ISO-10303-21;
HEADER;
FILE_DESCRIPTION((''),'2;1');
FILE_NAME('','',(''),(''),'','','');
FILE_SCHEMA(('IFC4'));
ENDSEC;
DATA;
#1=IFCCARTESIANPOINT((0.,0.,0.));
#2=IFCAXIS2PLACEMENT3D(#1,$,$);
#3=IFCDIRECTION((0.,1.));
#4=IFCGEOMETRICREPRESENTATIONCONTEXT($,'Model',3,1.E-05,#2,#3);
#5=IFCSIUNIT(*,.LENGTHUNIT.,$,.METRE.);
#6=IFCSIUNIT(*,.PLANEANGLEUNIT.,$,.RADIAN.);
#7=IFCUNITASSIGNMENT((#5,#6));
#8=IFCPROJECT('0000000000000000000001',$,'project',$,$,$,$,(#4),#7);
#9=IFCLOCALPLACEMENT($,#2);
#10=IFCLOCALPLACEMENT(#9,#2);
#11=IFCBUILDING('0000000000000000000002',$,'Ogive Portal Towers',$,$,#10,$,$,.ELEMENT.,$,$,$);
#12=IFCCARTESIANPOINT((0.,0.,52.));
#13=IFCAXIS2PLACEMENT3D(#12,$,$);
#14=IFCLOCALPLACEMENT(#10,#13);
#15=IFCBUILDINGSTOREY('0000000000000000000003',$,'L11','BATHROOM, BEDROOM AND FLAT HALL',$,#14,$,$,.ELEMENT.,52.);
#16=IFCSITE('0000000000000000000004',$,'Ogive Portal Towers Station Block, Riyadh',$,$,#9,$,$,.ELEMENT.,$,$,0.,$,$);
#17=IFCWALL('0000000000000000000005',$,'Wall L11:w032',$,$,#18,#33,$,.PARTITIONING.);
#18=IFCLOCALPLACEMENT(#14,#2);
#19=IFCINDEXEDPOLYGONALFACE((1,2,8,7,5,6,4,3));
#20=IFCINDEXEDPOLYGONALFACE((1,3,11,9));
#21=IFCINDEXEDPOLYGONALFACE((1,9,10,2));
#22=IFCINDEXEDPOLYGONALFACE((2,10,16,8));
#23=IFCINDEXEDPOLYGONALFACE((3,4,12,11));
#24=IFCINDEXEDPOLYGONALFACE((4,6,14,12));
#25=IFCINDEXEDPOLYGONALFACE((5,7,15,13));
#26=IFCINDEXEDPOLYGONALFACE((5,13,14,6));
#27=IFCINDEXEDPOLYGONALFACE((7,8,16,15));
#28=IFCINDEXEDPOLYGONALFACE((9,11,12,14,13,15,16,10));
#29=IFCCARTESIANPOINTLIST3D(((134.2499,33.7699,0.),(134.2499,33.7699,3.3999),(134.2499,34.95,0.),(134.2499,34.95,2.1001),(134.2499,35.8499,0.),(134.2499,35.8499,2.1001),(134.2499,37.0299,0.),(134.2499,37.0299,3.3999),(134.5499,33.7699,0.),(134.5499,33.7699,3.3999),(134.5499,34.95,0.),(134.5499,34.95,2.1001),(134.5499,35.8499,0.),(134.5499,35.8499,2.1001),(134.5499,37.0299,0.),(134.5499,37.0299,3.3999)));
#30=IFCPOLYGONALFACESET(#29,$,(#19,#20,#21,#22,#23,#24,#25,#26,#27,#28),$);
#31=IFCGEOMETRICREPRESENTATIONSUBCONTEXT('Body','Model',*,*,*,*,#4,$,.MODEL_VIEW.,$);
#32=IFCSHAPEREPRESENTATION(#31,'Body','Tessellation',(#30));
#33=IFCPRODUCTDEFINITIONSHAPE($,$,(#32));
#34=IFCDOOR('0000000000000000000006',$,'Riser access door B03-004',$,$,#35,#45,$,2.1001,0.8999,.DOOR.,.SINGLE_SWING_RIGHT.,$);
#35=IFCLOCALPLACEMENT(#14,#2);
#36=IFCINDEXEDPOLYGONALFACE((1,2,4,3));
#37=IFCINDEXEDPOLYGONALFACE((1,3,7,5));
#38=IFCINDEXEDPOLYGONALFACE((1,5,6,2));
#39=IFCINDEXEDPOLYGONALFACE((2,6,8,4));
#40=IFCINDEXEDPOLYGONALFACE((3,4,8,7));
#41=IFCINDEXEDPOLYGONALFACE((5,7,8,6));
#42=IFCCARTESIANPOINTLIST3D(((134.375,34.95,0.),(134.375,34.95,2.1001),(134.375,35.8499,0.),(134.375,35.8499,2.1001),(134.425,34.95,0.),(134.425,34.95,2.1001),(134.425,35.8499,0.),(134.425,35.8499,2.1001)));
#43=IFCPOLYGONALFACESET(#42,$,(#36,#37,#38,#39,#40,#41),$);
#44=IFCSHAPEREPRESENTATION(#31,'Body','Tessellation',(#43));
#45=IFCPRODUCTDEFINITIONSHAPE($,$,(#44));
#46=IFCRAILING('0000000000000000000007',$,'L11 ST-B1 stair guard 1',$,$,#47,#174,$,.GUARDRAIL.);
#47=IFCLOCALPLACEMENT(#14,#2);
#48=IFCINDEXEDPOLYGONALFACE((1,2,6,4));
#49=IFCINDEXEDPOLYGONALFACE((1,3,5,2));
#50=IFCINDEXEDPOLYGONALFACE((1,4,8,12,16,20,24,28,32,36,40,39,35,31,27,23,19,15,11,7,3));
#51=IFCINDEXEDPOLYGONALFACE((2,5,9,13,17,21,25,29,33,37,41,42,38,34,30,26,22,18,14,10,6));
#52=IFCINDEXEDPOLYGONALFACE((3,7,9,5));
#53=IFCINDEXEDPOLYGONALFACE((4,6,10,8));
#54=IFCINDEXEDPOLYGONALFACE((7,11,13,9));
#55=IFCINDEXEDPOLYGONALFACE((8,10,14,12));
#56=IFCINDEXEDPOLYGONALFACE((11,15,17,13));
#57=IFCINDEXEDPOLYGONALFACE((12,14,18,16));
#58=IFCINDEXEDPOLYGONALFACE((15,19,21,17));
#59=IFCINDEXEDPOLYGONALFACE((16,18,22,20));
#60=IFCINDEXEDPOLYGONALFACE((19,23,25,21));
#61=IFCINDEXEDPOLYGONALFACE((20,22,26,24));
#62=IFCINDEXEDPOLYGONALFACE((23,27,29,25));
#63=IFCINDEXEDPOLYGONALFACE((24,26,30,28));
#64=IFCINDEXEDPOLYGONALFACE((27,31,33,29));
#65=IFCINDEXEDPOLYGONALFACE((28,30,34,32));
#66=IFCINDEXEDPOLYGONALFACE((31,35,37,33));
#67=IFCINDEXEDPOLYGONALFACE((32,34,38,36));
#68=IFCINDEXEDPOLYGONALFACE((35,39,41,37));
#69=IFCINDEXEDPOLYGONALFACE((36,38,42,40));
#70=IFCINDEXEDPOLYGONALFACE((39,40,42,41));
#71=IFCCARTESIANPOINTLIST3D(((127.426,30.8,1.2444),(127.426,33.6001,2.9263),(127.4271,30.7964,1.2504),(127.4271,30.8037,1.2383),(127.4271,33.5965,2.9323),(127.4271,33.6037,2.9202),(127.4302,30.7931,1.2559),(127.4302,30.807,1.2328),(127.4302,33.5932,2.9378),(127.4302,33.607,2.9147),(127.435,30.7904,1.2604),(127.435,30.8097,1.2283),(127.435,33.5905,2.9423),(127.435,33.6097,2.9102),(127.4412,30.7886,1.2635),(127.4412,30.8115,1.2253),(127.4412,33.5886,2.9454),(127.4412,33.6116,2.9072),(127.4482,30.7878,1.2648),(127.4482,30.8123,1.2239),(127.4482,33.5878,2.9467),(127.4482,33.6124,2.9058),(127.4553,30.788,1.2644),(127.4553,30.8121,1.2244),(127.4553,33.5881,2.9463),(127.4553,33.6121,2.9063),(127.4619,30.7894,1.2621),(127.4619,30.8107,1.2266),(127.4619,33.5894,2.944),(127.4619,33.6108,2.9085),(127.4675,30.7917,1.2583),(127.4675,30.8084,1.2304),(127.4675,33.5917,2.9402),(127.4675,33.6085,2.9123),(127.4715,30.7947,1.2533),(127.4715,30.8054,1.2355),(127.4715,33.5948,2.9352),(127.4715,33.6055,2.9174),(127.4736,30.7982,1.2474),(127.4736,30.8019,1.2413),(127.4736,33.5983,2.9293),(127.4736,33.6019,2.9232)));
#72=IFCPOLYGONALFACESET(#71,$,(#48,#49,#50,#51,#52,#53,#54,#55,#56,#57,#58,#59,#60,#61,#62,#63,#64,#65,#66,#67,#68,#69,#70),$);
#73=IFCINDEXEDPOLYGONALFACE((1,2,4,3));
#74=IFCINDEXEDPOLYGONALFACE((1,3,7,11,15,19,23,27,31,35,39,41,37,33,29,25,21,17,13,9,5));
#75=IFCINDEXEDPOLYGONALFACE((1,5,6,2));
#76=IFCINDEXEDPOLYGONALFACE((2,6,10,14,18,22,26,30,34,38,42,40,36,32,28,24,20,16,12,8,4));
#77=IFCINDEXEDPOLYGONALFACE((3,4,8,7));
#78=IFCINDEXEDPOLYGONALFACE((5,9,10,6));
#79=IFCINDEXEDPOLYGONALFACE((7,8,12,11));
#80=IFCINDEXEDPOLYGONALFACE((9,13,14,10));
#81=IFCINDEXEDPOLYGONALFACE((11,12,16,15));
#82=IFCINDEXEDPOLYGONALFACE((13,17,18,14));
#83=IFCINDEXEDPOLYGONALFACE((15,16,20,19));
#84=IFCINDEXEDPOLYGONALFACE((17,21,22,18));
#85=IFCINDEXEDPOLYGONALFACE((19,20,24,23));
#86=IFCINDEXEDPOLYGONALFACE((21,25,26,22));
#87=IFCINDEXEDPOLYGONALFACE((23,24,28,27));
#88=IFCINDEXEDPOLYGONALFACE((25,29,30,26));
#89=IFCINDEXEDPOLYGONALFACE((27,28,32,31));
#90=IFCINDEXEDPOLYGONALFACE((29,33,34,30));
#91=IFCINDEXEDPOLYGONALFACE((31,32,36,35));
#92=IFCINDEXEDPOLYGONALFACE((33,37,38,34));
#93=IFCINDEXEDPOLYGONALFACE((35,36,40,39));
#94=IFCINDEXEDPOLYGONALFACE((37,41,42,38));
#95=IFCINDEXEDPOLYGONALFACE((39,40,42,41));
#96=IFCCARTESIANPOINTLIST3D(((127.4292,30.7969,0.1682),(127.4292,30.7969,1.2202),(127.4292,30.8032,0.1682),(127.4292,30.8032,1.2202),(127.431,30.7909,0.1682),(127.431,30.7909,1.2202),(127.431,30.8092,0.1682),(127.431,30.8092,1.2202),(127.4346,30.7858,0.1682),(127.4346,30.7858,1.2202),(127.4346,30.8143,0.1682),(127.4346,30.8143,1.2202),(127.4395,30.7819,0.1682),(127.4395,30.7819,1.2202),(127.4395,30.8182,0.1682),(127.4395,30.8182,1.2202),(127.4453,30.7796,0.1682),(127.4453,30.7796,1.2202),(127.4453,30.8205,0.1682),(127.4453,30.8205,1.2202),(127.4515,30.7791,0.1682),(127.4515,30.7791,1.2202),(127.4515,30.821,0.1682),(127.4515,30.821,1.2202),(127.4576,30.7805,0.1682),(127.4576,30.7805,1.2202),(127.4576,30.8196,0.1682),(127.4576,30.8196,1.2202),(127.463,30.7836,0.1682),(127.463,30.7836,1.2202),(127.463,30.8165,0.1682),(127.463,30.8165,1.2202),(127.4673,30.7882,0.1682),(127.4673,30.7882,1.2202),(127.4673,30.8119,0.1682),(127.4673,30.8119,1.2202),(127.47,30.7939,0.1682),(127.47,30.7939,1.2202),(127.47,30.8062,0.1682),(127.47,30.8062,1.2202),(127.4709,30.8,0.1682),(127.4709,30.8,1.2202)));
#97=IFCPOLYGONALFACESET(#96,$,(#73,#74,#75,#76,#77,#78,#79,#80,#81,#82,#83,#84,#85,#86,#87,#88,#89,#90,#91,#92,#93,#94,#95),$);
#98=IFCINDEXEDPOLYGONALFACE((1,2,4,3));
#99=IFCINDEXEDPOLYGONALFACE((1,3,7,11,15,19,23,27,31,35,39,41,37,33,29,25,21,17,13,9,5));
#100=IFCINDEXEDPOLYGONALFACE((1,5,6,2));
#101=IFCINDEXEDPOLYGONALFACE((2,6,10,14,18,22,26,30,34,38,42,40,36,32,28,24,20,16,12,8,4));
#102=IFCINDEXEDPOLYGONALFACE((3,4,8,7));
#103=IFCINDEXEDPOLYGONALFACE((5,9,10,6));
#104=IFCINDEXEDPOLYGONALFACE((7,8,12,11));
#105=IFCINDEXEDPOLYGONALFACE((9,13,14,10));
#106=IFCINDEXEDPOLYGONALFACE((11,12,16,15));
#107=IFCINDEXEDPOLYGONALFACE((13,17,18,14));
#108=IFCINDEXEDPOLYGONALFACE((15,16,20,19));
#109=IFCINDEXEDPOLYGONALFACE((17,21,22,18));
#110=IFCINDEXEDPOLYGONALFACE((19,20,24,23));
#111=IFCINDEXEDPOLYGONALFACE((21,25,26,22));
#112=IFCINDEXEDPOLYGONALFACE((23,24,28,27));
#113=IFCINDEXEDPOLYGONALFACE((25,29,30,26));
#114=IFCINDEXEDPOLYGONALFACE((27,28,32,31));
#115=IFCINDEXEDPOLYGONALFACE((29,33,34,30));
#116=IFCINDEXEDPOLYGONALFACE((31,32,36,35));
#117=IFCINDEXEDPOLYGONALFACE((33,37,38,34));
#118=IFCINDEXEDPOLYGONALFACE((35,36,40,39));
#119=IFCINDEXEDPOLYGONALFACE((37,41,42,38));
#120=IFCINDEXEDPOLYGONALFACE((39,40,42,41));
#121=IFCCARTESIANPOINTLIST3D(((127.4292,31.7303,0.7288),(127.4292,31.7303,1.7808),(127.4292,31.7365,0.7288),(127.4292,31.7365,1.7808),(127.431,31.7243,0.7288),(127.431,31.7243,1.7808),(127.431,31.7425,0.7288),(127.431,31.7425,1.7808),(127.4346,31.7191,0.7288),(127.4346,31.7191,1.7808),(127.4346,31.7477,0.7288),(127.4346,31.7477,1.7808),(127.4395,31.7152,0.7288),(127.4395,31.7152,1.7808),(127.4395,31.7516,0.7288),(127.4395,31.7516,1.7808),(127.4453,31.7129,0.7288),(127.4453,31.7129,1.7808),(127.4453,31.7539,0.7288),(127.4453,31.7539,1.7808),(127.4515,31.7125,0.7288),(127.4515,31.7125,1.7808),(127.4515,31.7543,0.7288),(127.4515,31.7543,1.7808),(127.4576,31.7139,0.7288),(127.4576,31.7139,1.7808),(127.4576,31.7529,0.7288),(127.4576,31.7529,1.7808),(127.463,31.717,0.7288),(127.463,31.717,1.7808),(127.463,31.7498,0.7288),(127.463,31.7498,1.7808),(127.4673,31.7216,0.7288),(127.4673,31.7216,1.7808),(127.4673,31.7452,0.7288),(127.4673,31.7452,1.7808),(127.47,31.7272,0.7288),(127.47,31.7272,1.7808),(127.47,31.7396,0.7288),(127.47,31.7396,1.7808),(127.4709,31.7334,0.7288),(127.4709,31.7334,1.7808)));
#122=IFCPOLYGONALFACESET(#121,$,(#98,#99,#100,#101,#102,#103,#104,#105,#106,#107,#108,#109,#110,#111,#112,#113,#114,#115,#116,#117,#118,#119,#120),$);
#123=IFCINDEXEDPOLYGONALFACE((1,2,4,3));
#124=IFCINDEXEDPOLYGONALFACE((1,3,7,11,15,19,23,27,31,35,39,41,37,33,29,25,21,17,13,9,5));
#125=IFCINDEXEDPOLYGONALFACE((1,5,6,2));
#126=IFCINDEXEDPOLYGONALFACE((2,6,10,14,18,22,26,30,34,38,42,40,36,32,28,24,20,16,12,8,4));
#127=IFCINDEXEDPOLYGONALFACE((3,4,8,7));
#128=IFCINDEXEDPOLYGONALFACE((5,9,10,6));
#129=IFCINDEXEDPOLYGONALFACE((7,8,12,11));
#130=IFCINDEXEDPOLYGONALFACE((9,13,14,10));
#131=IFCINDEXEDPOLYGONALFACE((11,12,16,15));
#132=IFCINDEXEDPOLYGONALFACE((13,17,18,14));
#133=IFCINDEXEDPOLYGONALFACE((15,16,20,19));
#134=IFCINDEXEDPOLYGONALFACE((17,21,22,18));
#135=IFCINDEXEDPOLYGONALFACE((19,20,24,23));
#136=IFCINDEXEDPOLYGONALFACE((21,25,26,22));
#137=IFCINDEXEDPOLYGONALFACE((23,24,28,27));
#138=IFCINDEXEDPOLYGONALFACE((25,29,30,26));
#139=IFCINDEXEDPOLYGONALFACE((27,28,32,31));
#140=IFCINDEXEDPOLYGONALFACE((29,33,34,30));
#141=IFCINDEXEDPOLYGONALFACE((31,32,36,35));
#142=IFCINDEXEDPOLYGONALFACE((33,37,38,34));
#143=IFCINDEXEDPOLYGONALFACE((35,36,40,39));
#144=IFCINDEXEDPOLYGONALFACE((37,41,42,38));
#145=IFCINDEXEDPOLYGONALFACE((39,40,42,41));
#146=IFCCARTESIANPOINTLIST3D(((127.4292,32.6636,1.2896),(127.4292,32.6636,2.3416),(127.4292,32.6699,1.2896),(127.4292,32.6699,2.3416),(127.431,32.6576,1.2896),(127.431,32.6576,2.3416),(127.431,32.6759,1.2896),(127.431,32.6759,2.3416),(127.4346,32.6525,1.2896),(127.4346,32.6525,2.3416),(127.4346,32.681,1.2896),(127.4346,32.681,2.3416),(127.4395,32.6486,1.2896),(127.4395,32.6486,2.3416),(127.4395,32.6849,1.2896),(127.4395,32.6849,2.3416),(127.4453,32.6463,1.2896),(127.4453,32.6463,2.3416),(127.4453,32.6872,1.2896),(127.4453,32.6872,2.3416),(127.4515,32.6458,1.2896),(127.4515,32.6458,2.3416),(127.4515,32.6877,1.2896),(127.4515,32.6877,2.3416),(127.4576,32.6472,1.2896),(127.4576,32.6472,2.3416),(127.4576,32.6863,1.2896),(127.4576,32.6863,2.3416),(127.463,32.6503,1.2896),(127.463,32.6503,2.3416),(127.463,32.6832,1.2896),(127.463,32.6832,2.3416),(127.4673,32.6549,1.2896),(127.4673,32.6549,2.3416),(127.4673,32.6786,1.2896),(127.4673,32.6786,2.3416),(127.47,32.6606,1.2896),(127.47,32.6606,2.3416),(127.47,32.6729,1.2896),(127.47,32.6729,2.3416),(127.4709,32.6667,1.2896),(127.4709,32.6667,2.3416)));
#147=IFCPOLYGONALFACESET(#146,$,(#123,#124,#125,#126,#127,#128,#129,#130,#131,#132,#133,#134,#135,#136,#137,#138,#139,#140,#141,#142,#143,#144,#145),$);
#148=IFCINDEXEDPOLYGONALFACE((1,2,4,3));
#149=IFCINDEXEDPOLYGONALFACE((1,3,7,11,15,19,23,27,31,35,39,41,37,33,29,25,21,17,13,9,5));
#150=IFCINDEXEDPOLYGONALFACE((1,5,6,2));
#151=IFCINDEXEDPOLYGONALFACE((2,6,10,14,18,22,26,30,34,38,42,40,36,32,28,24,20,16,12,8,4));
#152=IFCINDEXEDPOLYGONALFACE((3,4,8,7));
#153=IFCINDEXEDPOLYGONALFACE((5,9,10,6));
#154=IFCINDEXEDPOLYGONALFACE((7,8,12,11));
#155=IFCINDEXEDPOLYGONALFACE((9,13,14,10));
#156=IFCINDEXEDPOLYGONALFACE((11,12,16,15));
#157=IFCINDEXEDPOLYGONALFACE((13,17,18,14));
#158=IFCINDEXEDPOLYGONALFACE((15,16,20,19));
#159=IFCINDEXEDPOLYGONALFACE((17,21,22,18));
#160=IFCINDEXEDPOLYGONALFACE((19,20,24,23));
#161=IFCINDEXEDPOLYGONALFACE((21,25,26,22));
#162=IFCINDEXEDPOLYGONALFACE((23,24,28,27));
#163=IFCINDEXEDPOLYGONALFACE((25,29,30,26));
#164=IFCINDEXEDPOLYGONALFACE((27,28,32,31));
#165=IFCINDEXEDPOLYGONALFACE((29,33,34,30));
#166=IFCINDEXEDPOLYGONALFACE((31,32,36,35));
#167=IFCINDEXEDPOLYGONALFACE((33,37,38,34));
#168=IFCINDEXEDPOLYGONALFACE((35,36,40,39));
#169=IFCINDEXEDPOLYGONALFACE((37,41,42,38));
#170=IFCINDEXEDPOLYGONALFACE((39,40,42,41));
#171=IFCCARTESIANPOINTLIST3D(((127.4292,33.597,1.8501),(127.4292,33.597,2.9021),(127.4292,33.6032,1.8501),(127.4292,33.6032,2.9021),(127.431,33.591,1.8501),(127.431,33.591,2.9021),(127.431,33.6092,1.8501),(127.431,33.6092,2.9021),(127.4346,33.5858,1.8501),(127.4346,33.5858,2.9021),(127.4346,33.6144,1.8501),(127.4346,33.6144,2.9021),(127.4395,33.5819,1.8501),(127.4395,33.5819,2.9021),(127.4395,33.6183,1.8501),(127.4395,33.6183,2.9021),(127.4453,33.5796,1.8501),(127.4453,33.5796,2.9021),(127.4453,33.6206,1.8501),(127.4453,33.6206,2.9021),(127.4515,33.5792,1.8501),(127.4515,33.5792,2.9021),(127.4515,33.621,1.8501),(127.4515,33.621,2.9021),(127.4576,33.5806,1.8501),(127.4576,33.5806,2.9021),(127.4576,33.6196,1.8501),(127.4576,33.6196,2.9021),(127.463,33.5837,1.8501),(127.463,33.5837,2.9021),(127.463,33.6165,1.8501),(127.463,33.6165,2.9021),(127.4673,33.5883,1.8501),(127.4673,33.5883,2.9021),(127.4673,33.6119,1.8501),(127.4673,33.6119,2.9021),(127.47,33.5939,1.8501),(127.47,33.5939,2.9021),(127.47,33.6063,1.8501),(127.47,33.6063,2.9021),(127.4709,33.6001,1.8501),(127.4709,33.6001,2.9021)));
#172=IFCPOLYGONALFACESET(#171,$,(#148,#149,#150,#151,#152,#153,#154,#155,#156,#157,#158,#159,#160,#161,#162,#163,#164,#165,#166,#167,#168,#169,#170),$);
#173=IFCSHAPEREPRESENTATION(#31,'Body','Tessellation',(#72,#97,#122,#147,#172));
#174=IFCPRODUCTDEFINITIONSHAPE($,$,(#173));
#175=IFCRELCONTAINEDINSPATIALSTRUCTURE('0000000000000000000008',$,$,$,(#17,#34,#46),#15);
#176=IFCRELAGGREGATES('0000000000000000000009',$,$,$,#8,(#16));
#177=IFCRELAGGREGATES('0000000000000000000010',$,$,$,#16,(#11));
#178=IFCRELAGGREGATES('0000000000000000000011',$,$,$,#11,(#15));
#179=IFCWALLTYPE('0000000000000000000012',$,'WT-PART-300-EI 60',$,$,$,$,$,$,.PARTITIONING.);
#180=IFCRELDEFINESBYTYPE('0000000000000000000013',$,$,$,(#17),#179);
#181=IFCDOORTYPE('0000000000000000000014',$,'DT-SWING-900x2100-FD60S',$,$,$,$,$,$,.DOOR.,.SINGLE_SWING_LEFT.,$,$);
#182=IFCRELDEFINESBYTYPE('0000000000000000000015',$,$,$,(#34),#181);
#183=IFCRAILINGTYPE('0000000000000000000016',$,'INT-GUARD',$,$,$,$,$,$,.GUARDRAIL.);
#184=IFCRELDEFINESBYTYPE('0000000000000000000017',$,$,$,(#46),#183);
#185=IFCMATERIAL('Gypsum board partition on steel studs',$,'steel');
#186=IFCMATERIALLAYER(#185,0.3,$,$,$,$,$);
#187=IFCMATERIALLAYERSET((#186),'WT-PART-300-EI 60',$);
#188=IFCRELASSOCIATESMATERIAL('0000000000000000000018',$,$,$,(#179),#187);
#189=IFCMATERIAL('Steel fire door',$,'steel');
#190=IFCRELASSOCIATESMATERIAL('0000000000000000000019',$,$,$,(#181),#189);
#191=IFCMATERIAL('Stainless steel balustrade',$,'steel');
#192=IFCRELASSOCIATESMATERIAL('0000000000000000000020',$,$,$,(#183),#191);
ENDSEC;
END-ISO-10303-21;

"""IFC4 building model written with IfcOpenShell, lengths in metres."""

from ifc_helpers import new_model, si_unit, direction, frame, frame_2d, origin, origin_2d, place, context, subcontext, project, spatial, rectangle, circle, extrude, material, layer, layer_set, type_object, element, fill, save


model = new_model("IFC4")

# Units and contexts
model_context = context("Model", 3, precision=1e-05, world=origin(), true_north=direction((0.0, 1.0)))
body_context = subcontext(model_context, "Body", "Model", "MODEL_VIEW")
ifc_project = project(units=[si_unit("LENGTHUNIT", "METRE"), si_unit("PLANEANGLEUNIT", "RADIAN")], contexts=[model_context])

# Site, building, storey
site_placement = place(None, origin())
site = spatial("IfcSite", under=ifc_project, at=site_placement, Name="Ogive Portal Towers Station Block, Riyadh", CompositionType="ELEMENT", RefElevation=0.0)
building_placement = place(site_placement, origin())
building = spatial("IfcBuilding", under=site, at=building_placement, Name="Ogive Portal Towers", CompositionType="ELEMENT")
storey_placement = place(building_placement, frame((0.0, 0.0, 52.0)))
storey = spatial("IfcBuildingStorey", under=building, at=storey_placement, Name="L11", Description="BATHROOM, BEDROOM AND FLAT HALL", CompositionType="ELEMENT", Elevation=52.0)

# Shared definitions
ifc_material_1 = material(Name="Steel fire door", Category="steel")

# Wall, opening, door
ifc_material_2 = material(Name="Gypsum board partition on steel studs", Category="steel")
ifc_layer_1 = layer(ifc_material_2, 0.3)
ifc_layer_set_1 = layer_set([ifc_layer_1], Name="WT-PART-300-EI 60")
wall_type_1 = type_object("IfcWallType", Name="WT-PART-300-EI 60", PredefinedType="PARTITIONING", material=ifc_layer_set_1)
wall_1_placement = place(storey_placement, frame((134.3999, 33.77, 0.0), z_axis=(0.0, 0.0, 1.0), x_axis=(0.0, 1.0, 0.0)))
wall_1 = element("IfcWall", 1, at=wall_1_placement, inside=storey, type_object=wall_type_1, Name="Wall L11:w032", PredefinedType="PARTITIONING", context=body_context, shape_type="SweptSolid", body=[
    extrude(rectangle(XDim=3.26, YDim=0.3, at=frame_2d((1.6299, 0.0))), origin(), (0.0, 0.0, 1.0), 3.3999),
])
opening_1_placement = place(wall_1_placement, frame((1.1799, 0.0, 0.0)))
opening_1 = element("IfcOpeningElement", 2, at=opening_1_placement, cuts=wall_1, PredefinedType="OPENING", context=body_context, shape_type="SweptSolid", body=[
    extrude(rectangle(XDim=0.8999, YDim=2.1001, at=frame_2d((0.45, 1.05))), frame((0.0, 0.1602, 0.0), z_axis=(0.0, -1.0, 0.0), x_axis=(1.0, 0.0, 0.0)), (0.0, 0.0, 1.0), 0.3201),
])
door_type_1 = type_object("IfcDoorType", Name="DT-SWING-900x2100-FD60S", OperationType="SINGLE_SWING_LEFT", PredefinedType="DOOR", material=ifc_material_1)
door_1_placement = place(opening_1_placement, origin())
door_1 = element("IfcDoor", 3, at=door_1_placement, inside=storey, type_object=door_type_1, Name="Riser access door B03-004", OperationType="SINGLE_SWING_RIGHT", OverallHeight=2.1001, OverallWidth=0.8999, PredefinedType="DOOR", context=body_context, shape_type="SweptSolid", body=[
    extrude(rectangle(XDim=0.8999, YDim=2.1001, at=frame_2d((0.45, 1.05))), frame((0.0, 0.0249, 0.0), z_axis=(0.0, -1.0, 0.0), x_axis=(1.0, 0.0, 0.0)), (0.0, 0.0, 1.0), 0.05),
])
fill(opening_1, door_1)

# Railing
ifc_material_3 = material(Name="Stainless steel balustrade", Category="steel")
railing_type_1 = type_object("IfcRailingType", Name="INT-GUARD", PredefinedType="GUARDRAIL", material=ifc_material_3)
railing_1_placement = place(storey_placement, frame((127.45, 30.8, 0.1682)))
element("IfcRailing", 4, at=railing_1_placement, inside=storey, type_object=railing_type_1, Name="L11 ST-B1 stair guard 1", PredefinedType="GUARDRAIL", context=body_context, shape_type="SweptSolid", body=[
    extrude(circle(Radius=0.0239, at=origin_2d()), frame((0.0, 0.0, 1.0762), z_axis=(0.0, 0.857242, 0.514913), x_axis=(-1.0, 0.0, 0.0)), (0.0, 0.0, 1.0), 3.2664),
    extrude(circle(Radius=0.021, at=origin_2d()), origin(), (0.0, 0.0, 1.0), 1.052),
    extrude(circle(Radius=0.021, at=origin_2d()), frame((0.0, 0.9333, 0.5605)), (0.0, 0.0, 1.0), 1.052),
    extrude(circle(Radius=0.021, at=origin_2d()), frame((0.0, 1.8667, 1.1213)), (0.0, 0.0, 1.0), 1.052),
    extrude(circle(Radius=0.021, at=origin_2d()), frame((0.0, 2.8, 1.6819)), (0.0, 0.0, 1.0), 1.052),
])

save(model, "model.ifc")
